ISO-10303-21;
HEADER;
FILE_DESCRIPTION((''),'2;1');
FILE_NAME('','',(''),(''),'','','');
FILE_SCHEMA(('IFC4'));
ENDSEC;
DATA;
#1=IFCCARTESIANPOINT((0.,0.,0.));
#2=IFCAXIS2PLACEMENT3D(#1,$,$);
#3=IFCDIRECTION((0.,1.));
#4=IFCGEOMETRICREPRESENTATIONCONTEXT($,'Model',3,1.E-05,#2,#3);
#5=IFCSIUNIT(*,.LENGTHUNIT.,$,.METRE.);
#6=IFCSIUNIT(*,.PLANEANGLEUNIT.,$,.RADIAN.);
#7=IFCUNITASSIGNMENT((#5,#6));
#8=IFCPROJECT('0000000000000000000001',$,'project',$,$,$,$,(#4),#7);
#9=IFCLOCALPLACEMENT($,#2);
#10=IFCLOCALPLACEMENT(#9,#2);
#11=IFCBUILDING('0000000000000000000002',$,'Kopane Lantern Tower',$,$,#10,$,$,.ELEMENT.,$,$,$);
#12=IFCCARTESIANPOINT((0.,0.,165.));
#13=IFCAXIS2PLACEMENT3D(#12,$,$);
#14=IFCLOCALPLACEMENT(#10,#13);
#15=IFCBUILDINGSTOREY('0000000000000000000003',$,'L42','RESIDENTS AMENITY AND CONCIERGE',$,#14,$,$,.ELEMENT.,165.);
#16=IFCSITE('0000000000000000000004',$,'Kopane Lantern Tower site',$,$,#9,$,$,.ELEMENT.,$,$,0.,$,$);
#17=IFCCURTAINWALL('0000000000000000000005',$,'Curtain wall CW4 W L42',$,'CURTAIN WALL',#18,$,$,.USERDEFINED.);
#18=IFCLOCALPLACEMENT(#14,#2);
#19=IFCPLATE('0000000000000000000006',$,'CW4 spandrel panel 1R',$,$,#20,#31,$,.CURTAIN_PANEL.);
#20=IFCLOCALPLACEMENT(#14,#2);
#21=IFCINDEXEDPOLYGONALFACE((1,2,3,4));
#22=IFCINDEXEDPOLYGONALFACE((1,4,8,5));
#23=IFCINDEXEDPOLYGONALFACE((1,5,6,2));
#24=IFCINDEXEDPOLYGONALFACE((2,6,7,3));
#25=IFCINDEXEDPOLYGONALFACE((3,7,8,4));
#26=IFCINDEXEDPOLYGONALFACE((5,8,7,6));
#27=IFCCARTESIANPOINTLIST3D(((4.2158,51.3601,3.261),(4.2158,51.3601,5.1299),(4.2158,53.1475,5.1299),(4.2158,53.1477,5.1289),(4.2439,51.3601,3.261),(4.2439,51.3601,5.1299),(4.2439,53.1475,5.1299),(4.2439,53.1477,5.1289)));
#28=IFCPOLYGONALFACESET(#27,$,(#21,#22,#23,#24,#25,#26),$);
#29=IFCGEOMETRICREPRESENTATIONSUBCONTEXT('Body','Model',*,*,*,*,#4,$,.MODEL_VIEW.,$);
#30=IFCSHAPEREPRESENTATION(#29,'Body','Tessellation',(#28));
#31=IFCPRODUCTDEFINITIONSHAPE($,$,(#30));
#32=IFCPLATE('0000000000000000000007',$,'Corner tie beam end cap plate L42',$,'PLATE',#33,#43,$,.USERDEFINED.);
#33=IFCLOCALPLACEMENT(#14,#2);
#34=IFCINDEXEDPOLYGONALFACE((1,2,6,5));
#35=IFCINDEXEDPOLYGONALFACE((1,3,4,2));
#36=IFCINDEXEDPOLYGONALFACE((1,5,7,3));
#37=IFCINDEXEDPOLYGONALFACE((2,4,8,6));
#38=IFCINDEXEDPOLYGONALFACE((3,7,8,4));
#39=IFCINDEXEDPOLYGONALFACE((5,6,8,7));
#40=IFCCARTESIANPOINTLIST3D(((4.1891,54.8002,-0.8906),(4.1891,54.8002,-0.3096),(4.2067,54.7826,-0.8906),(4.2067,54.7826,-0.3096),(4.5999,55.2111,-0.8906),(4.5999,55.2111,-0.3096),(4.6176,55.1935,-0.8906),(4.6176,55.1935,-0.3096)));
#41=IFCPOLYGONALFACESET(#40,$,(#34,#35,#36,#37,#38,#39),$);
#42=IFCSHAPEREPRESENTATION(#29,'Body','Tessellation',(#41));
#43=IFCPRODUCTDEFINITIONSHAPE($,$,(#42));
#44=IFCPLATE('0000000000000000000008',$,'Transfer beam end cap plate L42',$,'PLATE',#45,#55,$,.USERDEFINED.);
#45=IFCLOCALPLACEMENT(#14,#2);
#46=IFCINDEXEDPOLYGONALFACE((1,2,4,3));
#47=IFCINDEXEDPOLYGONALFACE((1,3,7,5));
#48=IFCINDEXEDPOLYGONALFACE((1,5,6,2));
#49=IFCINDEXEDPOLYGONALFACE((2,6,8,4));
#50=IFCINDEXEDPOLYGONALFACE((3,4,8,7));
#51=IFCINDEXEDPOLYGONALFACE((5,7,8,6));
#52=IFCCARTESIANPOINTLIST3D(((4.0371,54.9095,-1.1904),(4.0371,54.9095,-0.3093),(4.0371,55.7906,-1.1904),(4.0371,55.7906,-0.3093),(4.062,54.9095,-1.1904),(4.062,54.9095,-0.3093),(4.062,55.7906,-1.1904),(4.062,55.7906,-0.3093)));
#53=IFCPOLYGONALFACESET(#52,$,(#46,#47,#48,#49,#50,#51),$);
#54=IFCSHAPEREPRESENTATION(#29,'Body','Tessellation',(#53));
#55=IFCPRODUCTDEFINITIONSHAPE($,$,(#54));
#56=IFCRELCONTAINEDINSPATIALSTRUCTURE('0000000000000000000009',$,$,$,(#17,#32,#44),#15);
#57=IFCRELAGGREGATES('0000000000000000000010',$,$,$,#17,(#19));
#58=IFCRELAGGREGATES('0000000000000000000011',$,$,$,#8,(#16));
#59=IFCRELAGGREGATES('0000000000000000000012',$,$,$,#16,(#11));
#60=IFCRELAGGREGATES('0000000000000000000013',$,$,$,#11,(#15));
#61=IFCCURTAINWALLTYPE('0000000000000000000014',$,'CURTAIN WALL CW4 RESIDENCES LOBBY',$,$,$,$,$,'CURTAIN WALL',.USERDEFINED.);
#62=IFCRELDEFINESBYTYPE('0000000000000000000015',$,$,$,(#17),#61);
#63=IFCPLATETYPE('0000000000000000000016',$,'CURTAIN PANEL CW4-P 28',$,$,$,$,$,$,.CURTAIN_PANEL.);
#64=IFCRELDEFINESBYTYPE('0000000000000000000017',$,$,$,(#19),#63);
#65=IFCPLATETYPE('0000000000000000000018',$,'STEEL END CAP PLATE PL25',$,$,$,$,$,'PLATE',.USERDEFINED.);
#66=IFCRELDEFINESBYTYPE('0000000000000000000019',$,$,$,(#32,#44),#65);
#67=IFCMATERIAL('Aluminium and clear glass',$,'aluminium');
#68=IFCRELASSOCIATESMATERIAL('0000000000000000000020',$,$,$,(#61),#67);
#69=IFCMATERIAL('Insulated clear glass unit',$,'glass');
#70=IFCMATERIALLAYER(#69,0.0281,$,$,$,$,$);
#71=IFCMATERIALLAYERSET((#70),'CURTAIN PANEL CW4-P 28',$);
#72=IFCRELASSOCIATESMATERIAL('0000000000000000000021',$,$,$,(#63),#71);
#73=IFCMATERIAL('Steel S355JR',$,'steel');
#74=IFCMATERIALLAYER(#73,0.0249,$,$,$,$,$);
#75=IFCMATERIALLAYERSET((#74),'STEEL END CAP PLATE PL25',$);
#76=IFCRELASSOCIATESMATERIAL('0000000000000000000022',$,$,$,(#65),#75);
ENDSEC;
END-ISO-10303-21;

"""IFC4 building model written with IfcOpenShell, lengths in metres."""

from ifc_helpers import new_model, si_unit, direction, frame, origin, origin_2d, place, context, subcontext, project, spatial, polyline, rectangle, outline, extrude, material, layer, layer_set, type_object, element, aggregate, save


model = new_model("IFC4")

# Units and contexts
model_context = context("Model", 3, precision=1e-05, world=origin(), true_north=direction((0.0, 1.0)))
body_context = subcontext(model_context, "Body", "Model", "MODEL_VIEW")
ifc_project = project(units=[si_unit("LENGTHUNIT", "METRE"), si_unit("PLANEANGLEUNIT", "RADIAN")], contexts=[model_context])

# Site, building, storey
site_placement = place(None, origin())
site = spatial("IfcSite", under=ifc_project, at=site_placement, Name="Kopane Lantern Tower site", CompositionType="ELEMENT", RefElevation=0.0)
building_placement = place(site_placement, origin())
building = spatial("IfcBuilding", under=site, at=building_placement, Name="Kopane Lantern Tower", CompositionType="ELEMENT")
storey_placement = place(building_placement, frame((0.0, 0.0, 165.0)))
storey = spatial("IfcBuildingStorey", under=building, at=storey_placement, Name="L42", Description="RESIDENTS AMENITY AND CONCIERGE", CompositionType="ELEMENT", Elevation=165.0)

# Curtain wall
ifc_material_1 = material(Name="Aluminium and clear glass", Category="aluminium")
curtain_wall_type = type_object("IfcCurtainWallType", Name="CURTAIN WALL CW4 RESIDENCES LOBBY", ElementType="CURTAIN WALL", PredefinedType="USERDEFINED", material=ifc_material_1)
curtain_wall_1_placement = place(storey_placement, origin())
curtain_wall_1 = element("IfcCurtainWall", 1, at=curtain_wall_1_placement, inside=storey, type_object=curtain_wall_type, Name="Curtain wall CW4 W L42", ObjectType="CURTAIN WALL", PredefinedType="USERDEFINED")

# Plate
ifc_material_2 = material(Name="Insulated clear glass unit", Category="glass")
ifc_layer_1 = layer(ifc_material_2, 0.0281)
ifc_layer_set_1 = layer_set([ifc_layer_1], Name="CURTAIN PANEL CW4-P 28")
plate_type_1 = type_object("IfcPlateType", Name="CURTAIN PANEL CW4-P 28", PredefinedType="CURTAIN_PANEL", material=ifc_layer_set_1)
plate_1_placement = place(storey_placement, frame((4.23, 51.3601, 5.1299), z_axis=(0.0, 0.0, 1.0), x_axis=(0.0, 1.0, 0.0)))
plate_1 = element("IfcPlate", 2, at=plate_1_placement, type_object=plate_type_1, Name="CW4 spandrel panel 1R", PredefinedType="CURTAIN_PANEL", context=body_context, shape_type="SweptSolid", body=[
    extrude(outline(polyline([(0.0, 0.0), (1.7874, 0.0), (1.7876, -0.001), (0.0, -1.8689), (0.0, 0.0)])), frame((0.0, 0.0142, 0.0), z_axis=(0.0, -1.0, 0.0), x_axis=(1.0, 0.0, 0.0)), (0.0, 0.0, 1.0), 0.0281),
])
aggregate(curtain_wall_1, [plate_1])

# Plates
ifc_material_3 = material(Name="Steel S355JR", Category="steel")
ifc_layer_2 = layer(ifc_material_3, 0.0249)
ifc_layer_set_2 = layer_set([ifc_layer_2], Name="STEEL END CAP PLATE PL25")
plate_type_2 = type_object("IfcPlateType", Name="STEEL END CAP PLATE PL25", ElementType="PLATE", PredefinedType="USERDEFINED", material=ifc_layer_set_2)
plate_2_placement = place(storey_placement, frame((4.4033, 54.9968, -0.8906), z_axis=(0.0, 0.0, 1.0), x_axis=(-0.707107, 0.707107, 0.0)))
element("IfcPlate", 3, at=plate_2_placement, inside=storey, type_object=plate_type_2, Name="Corner tie beam end cap plate L42", ObjectType="PLATE", PredefinedType="USERDEFINED", context=body_context, shape_type="SweptSolid", body=[
    extrude(rectangle(XDim=0.0249, YDim=0.5811, at=origin_2d()), origin(), (0.0, 0.0, 1.0), 0.5811),
])
plate_3_placement = place(storey_placement, frame((4.0496, 55.3501, -1.1904), z_axis=(0.0, 0.0, 1.0), x_axis=(1.0, 0.0, 0.0)))
element("IfcPlate", 4, at=plate_3_placement, inside=storey, type_object=plate_type_2, Name="Transfer beam end cap plate L42", ObjectType="PLATE", PredefinedType="USERDEFINED", context=body_context, shape_type="SweptSolid", body=[
    extrude(rectangle(XDim=0.0249, YDim=0.8811, at=origin_2d()), origin(), (0.0, 0.0, 1.0), 0.8811),
])

save(model, "model.ifc")
